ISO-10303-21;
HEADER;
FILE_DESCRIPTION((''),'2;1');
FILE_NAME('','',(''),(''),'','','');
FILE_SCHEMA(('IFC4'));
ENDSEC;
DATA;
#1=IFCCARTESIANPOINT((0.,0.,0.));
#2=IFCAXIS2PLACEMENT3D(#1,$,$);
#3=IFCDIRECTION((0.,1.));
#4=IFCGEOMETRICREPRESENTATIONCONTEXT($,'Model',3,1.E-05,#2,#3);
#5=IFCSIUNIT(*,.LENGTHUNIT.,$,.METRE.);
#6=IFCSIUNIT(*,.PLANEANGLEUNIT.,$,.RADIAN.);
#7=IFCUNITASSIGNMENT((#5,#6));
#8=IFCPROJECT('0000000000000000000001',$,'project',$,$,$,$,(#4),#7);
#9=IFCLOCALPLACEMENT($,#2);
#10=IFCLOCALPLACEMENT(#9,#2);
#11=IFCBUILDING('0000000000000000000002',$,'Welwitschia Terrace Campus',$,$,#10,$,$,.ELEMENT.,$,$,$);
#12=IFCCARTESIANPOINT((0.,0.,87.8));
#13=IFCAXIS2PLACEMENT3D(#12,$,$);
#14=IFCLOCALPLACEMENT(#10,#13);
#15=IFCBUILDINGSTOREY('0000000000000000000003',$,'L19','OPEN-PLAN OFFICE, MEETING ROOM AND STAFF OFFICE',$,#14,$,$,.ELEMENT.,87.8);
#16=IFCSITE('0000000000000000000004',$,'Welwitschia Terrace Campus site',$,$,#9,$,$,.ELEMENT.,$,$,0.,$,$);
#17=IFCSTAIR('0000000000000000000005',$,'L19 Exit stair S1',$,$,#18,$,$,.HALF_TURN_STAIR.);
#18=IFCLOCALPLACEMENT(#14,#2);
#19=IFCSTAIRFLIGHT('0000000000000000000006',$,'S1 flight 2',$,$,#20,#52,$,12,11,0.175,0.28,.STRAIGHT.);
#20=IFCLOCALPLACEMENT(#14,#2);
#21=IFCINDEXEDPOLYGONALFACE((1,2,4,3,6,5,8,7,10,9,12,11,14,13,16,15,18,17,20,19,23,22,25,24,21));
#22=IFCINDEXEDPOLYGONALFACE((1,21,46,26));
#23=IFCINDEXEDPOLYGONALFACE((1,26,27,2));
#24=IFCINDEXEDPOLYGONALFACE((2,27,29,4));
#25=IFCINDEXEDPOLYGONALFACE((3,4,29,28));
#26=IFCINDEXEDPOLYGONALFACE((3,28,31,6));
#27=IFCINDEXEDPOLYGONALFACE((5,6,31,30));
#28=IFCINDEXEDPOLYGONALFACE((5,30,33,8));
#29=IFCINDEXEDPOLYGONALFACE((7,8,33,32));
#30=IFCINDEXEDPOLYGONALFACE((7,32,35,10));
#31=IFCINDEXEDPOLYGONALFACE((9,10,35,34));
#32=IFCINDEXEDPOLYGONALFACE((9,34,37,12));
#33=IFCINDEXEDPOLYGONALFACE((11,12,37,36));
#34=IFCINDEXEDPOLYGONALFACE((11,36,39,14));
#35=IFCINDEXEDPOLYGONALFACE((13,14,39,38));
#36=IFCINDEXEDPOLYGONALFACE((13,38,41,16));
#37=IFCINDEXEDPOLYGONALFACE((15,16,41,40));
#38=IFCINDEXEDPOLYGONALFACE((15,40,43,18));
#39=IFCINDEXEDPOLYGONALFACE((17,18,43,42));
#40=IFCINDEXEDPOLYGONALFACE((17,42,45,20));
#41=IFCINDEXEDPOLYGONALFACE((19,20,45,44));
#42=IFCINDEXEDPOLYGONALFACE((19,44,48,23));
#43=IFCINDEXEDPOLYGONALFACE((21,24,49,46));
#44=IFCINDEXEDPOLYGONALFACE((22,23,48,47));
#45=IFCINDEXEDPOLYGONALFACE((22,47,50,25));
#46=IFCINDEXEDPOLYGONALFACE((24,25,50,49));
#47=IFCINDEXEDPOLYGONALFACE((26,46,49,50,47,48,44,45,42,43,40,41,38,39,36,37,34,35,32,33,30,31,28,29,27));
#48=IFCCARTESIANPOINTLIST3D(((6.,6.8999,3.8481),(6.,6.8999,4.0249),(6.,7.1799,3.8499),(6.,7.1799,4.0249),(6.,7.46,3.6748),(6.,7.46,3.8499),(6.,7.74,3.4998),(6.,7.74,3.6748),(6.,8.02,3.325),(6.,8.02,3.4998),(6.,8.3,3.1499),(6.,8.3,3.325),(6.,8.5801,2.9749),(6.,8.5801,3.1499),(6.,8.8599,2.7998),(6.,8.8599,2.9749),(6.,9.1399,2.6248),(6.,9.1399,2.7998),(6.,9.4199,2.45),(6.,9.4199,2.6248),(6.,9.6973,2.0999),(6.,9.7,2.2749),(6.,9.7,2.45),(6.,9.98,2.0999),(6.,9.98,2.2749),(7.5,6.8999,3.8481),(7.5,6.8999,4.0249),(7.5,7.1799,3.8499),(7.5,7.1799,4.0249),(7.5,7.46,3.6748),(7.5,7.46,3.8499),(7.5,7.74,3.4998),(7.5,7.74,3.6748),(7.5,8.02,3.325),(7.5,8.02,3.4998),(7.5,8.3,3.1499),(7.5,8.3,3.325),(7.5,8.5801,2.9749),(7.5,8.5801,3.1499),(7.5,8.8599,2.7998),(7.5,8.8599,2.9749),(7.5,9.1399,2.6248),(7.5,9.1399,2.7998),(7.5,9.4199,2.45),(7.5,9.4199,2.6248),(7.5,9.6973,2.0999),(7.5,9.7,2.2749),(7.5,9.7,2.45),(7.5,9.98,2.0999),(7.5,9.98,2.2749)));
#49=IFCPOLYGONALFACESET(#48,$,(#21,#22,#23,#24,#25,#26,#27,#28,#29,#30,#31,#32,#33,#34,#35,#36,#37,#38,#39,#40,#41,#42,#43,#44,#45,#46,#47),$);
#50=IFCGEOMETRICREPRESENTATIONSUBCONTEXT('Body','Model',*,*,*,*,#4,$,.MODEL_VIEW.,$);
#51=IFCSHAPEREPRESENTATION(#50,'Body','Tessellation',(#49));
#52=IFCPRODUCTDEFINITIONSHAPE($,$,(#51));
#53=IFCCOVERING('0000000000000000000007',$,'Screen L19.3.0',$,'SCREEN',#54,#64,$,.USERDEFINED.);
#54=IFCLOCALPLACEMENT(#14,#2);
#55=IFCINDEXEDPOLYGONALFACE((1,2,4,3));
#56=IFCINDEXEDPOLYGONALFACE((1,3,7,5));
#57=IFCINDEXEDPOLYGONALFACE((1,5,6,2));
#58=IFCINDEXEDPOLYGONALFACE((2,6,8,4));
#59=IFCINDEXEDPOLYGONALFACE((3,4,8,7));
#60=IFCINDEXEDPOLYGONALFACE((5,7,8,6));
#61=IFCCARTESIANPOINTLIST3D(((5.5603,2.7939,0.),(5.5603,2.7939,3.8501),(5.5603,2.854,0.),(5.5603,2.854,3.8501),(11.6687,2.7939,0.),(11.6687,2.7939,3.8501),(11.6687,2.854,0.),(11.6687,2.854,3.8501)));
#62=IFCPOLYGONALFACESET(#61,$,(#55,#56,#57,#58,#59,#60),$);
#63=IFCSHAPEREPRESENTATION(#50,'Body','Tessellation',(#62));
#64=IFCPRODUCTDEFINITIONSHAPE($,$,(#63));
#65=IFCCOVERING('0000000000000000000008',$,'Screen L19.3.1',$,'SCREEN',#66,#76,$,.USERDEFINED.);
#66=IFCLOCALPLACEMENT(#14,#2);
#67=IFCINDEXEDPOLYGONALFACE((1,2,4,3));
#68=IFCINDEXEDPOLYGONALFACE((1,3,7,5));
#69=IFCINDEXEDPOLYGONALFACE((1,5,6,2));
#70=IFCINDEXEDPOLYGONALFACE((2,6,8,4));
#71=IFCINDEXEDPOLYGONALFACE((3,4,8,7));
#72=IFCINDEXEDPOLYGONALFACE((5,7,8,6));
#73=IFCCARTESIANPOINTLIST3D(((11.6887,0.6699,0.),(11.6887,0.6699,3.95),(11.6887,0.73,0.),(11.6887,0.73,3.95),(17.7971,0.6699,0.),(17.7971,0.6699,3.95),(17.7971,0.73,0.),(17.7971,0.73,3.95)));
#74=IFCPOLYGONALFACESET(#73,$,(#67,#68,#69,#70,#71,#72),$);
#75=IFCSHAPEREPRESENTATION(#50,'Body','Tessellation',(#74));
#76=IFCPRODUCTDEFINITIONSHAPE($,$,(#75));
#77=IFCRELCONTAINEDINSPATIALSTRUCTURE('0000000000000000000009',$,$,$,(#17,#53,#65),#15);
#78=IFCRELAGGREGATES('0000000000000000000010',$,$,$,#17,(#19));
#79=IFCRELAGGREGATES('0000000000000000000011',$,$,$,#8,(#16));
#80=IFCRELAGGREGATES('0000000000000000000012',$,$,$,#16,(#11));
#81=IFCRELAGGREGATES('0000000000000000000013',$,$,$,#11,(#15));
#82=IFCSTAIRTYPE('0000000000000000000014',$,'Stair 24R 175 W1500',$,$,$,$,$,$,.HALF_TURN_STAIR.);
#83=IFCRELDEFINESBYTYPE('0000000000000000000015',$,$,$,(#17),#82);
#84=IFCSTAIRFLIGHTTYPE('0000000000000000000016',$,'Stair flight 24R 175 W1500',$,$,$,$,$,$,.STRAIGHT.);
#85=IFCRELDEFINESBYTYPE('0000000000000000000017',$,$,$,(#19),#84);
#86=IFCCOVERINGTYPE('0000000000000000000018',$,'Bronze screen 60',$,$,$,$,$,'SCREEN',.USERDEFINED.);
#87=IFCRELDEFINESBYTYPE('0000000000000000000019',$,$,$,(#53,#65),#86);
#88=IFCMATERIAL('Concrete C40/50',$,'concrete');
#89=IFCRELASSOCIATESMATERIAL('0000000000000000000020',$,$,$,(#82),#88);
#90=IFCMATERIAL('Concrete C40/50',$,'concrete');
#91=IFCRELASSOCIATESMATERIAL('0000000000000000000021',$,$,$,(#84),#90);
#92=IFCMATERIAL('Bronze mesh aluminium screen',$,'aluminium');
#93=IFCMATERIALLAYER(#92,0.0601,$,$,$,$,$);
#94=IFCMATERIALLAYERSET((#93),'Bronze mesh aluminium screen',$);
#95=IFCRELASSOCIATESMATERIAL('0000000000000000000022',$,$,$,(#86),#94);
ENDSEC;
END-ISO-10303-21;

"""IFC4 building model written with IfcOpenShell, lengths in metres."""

from ifc_helpers import new_model, si_unit, direction, frame, origin, origin_2d, place, context, subcontext, project, spatial, polyline, rectangle, outline, extrude, material, layer, layer_set, type_object, element, aggregate, save


model = new_model("IFC4")

# Units and contexts
model_context = context("Model", 3, precision=1e-05, world=origin(), true_north=direction((0.0, 1.0)))
body_context = subcontext(model_context, "Body", "Model", "MODEL_VIEW")
ifc_project = project(units=[si_unit("LENGTHUNIT", "METRE"), si_unit("PLANEANGLEUNIT", "RADIAN")], contexts=[model_context])

# Site, building, storey
site_placement = place(None, origin())
site = spatial("IfcSite", under=ifc_project, at=site_placement, Name="Welwitschia Terrace Campus site", CompositionType="ELEMENT", RefElevation=0.0)
building_placement = place(site_placement, origin())
building = spatial("IfcBuilding", under=site, at=building_placement, Name="Welwitschia Terrace Campus", CompositionType="ELEMENT")
storey_placement = place(building_placement, frame((0.0, 0.0, 87.8)))
storey = spatial("IfcBuildingStorey", under=building, at=storey_placement, Name="L19", Description="OPEN-PLAN OFFICE, MEETING ROOM AND STAFF OFFICE", CompositionType="ELEMENT", Elevation=87.8)

# Stair, stair flight
ifc_material_1 = material(Name="Concrete C40/50", Category="concrete")
stair_type = type_object("IfcStairType", Name="Stair 24R 175 W1500", PredefinedType="HALF_TURN_STAIR", material=ifc_material_1)
stair_placement = place(storey_placement, origin())
stair = element("IfcStair", 1, at=stair_placement, inside=storey, type_object=stair_type, Name="L19 Exit stair S1", PredefinedType="HALF_TURN_STAIR")
ifc_material_2 = material(Name="Concrete C40/50", Category="concrete")
stair_flight_type = type_object("IfcStairFlightType", Name="Stair flight 24R 175 W1500", PredefinedType="STRAIGHT", material=ifc_material_2)
stair_flight_1_placement = place(storey_placement, frame((6.75, 9.98, 2.0999), z_axis=(0.0, 0.0, 1.0), x_axis=(0.0, -1.0, 0.0)))
stair_flight_1 = element("IfcStairFlight", 2, at=stair_flight_1_placement, type_object=stair_flight_type, Name="S1 flight 2", NumberOfRisers=12, NumberOfTreads=11, PredefinedType="STRAIGHT", RiserHeight=0.175, TreadLength=0.28, context=body_context, shape_type="SweptSolid", body=[
    extrude(outline(polyline([(0.0, 0.0), (0.0, 0.175), (0.28, 0.175), (0.28, 0.3501), (0.5601, 0.3501), (0.5601, 0.5249), (0.8401, 0.5249), (0.8401, 0.7), (1.1201, 0.7), (1.1201, 0.875), (1.3999, 0.875), (1.3999, 1.05), (1.6799, 1.05), (1.6799, 1.2251), (1.96, 1.2251), (1.96, 1.3999), (2.24, 1.3999), (2.24, 1.575), (2.52, 1.575), (2.52, 1.75), (2.8, 1.75), (2.8, 1.925), (3.0801, 1.925), (3.0801, 2.1001), (3.0801, 1.7483), (0.2827, 0.0), (0.0, 0.0)])), frame((0.0, 0.75, 0.0), z_axis=(0.0, -1.0, 0.0), x_axis=(1.0, 0.0, 0.0)), (0.0, 0.0, 1.0), 1.5),
])
aggregate(stair, [stair_flight_1])

# Coverings
ifc_material_3 = material(Name="Bronze mesh aluminium screen", Category="aluminium")
ifc_layer_1 = layer(ifc_material_3, 0.0601)
ifc_layer_set_1 = layer_set([ifc_layer_1], Name="Bronze mesh aluminium screen")
covering_type = type_object("IfcCoveringType", Name="Bronze screen 60", ElementType="SCREEN", PredefinedType="USERDEFINED", material=ifc_layer_set_1)
covering_1_placement = place(storey_placement, frame((8.6145, 2.824, 0.0), z_axis=(0.0, 0.0, 1.0), x_axis=(1.0, 0.0, 0.0)))
element("IfcCovering", 3, at=covering_1_placement, inside=storey, type_object=covering_type, Name="Screen L19.3.0", ObjectType="SCREEN", PredefinedType="USERDEFINED", context=body_context, shape_type="SweptSolid", body=[
    extrude(rectangle(XDim=6.1084, YDim=0.0601, at=origin_2d()), origin(), (0.0, 0.0, 1.0), 3.8501),
])
covering_2_placement = place(storey_placement, frame((14.7429, 0.7, 0.0), z_axis=(0.0, 0.0, 1.0), x_axis=(1.0, 0.0, 0.0)))
element("IfcCovering", 4, at=covering_2_placement, inside=storey, type_object=covering_type, Name="Screen L19.3.1", ObjectType="SCREEN", PredefinedType="USERDEFINED", context=body_context, shape_type="SweptSolid", body=[
    extrude(rectangle(XDim=6.1084, YDim=0.0601, at=origin_2d()), origin(), (0.0, 0.0, 1.0), 3.95),
])

save(model, "model.ifc")
